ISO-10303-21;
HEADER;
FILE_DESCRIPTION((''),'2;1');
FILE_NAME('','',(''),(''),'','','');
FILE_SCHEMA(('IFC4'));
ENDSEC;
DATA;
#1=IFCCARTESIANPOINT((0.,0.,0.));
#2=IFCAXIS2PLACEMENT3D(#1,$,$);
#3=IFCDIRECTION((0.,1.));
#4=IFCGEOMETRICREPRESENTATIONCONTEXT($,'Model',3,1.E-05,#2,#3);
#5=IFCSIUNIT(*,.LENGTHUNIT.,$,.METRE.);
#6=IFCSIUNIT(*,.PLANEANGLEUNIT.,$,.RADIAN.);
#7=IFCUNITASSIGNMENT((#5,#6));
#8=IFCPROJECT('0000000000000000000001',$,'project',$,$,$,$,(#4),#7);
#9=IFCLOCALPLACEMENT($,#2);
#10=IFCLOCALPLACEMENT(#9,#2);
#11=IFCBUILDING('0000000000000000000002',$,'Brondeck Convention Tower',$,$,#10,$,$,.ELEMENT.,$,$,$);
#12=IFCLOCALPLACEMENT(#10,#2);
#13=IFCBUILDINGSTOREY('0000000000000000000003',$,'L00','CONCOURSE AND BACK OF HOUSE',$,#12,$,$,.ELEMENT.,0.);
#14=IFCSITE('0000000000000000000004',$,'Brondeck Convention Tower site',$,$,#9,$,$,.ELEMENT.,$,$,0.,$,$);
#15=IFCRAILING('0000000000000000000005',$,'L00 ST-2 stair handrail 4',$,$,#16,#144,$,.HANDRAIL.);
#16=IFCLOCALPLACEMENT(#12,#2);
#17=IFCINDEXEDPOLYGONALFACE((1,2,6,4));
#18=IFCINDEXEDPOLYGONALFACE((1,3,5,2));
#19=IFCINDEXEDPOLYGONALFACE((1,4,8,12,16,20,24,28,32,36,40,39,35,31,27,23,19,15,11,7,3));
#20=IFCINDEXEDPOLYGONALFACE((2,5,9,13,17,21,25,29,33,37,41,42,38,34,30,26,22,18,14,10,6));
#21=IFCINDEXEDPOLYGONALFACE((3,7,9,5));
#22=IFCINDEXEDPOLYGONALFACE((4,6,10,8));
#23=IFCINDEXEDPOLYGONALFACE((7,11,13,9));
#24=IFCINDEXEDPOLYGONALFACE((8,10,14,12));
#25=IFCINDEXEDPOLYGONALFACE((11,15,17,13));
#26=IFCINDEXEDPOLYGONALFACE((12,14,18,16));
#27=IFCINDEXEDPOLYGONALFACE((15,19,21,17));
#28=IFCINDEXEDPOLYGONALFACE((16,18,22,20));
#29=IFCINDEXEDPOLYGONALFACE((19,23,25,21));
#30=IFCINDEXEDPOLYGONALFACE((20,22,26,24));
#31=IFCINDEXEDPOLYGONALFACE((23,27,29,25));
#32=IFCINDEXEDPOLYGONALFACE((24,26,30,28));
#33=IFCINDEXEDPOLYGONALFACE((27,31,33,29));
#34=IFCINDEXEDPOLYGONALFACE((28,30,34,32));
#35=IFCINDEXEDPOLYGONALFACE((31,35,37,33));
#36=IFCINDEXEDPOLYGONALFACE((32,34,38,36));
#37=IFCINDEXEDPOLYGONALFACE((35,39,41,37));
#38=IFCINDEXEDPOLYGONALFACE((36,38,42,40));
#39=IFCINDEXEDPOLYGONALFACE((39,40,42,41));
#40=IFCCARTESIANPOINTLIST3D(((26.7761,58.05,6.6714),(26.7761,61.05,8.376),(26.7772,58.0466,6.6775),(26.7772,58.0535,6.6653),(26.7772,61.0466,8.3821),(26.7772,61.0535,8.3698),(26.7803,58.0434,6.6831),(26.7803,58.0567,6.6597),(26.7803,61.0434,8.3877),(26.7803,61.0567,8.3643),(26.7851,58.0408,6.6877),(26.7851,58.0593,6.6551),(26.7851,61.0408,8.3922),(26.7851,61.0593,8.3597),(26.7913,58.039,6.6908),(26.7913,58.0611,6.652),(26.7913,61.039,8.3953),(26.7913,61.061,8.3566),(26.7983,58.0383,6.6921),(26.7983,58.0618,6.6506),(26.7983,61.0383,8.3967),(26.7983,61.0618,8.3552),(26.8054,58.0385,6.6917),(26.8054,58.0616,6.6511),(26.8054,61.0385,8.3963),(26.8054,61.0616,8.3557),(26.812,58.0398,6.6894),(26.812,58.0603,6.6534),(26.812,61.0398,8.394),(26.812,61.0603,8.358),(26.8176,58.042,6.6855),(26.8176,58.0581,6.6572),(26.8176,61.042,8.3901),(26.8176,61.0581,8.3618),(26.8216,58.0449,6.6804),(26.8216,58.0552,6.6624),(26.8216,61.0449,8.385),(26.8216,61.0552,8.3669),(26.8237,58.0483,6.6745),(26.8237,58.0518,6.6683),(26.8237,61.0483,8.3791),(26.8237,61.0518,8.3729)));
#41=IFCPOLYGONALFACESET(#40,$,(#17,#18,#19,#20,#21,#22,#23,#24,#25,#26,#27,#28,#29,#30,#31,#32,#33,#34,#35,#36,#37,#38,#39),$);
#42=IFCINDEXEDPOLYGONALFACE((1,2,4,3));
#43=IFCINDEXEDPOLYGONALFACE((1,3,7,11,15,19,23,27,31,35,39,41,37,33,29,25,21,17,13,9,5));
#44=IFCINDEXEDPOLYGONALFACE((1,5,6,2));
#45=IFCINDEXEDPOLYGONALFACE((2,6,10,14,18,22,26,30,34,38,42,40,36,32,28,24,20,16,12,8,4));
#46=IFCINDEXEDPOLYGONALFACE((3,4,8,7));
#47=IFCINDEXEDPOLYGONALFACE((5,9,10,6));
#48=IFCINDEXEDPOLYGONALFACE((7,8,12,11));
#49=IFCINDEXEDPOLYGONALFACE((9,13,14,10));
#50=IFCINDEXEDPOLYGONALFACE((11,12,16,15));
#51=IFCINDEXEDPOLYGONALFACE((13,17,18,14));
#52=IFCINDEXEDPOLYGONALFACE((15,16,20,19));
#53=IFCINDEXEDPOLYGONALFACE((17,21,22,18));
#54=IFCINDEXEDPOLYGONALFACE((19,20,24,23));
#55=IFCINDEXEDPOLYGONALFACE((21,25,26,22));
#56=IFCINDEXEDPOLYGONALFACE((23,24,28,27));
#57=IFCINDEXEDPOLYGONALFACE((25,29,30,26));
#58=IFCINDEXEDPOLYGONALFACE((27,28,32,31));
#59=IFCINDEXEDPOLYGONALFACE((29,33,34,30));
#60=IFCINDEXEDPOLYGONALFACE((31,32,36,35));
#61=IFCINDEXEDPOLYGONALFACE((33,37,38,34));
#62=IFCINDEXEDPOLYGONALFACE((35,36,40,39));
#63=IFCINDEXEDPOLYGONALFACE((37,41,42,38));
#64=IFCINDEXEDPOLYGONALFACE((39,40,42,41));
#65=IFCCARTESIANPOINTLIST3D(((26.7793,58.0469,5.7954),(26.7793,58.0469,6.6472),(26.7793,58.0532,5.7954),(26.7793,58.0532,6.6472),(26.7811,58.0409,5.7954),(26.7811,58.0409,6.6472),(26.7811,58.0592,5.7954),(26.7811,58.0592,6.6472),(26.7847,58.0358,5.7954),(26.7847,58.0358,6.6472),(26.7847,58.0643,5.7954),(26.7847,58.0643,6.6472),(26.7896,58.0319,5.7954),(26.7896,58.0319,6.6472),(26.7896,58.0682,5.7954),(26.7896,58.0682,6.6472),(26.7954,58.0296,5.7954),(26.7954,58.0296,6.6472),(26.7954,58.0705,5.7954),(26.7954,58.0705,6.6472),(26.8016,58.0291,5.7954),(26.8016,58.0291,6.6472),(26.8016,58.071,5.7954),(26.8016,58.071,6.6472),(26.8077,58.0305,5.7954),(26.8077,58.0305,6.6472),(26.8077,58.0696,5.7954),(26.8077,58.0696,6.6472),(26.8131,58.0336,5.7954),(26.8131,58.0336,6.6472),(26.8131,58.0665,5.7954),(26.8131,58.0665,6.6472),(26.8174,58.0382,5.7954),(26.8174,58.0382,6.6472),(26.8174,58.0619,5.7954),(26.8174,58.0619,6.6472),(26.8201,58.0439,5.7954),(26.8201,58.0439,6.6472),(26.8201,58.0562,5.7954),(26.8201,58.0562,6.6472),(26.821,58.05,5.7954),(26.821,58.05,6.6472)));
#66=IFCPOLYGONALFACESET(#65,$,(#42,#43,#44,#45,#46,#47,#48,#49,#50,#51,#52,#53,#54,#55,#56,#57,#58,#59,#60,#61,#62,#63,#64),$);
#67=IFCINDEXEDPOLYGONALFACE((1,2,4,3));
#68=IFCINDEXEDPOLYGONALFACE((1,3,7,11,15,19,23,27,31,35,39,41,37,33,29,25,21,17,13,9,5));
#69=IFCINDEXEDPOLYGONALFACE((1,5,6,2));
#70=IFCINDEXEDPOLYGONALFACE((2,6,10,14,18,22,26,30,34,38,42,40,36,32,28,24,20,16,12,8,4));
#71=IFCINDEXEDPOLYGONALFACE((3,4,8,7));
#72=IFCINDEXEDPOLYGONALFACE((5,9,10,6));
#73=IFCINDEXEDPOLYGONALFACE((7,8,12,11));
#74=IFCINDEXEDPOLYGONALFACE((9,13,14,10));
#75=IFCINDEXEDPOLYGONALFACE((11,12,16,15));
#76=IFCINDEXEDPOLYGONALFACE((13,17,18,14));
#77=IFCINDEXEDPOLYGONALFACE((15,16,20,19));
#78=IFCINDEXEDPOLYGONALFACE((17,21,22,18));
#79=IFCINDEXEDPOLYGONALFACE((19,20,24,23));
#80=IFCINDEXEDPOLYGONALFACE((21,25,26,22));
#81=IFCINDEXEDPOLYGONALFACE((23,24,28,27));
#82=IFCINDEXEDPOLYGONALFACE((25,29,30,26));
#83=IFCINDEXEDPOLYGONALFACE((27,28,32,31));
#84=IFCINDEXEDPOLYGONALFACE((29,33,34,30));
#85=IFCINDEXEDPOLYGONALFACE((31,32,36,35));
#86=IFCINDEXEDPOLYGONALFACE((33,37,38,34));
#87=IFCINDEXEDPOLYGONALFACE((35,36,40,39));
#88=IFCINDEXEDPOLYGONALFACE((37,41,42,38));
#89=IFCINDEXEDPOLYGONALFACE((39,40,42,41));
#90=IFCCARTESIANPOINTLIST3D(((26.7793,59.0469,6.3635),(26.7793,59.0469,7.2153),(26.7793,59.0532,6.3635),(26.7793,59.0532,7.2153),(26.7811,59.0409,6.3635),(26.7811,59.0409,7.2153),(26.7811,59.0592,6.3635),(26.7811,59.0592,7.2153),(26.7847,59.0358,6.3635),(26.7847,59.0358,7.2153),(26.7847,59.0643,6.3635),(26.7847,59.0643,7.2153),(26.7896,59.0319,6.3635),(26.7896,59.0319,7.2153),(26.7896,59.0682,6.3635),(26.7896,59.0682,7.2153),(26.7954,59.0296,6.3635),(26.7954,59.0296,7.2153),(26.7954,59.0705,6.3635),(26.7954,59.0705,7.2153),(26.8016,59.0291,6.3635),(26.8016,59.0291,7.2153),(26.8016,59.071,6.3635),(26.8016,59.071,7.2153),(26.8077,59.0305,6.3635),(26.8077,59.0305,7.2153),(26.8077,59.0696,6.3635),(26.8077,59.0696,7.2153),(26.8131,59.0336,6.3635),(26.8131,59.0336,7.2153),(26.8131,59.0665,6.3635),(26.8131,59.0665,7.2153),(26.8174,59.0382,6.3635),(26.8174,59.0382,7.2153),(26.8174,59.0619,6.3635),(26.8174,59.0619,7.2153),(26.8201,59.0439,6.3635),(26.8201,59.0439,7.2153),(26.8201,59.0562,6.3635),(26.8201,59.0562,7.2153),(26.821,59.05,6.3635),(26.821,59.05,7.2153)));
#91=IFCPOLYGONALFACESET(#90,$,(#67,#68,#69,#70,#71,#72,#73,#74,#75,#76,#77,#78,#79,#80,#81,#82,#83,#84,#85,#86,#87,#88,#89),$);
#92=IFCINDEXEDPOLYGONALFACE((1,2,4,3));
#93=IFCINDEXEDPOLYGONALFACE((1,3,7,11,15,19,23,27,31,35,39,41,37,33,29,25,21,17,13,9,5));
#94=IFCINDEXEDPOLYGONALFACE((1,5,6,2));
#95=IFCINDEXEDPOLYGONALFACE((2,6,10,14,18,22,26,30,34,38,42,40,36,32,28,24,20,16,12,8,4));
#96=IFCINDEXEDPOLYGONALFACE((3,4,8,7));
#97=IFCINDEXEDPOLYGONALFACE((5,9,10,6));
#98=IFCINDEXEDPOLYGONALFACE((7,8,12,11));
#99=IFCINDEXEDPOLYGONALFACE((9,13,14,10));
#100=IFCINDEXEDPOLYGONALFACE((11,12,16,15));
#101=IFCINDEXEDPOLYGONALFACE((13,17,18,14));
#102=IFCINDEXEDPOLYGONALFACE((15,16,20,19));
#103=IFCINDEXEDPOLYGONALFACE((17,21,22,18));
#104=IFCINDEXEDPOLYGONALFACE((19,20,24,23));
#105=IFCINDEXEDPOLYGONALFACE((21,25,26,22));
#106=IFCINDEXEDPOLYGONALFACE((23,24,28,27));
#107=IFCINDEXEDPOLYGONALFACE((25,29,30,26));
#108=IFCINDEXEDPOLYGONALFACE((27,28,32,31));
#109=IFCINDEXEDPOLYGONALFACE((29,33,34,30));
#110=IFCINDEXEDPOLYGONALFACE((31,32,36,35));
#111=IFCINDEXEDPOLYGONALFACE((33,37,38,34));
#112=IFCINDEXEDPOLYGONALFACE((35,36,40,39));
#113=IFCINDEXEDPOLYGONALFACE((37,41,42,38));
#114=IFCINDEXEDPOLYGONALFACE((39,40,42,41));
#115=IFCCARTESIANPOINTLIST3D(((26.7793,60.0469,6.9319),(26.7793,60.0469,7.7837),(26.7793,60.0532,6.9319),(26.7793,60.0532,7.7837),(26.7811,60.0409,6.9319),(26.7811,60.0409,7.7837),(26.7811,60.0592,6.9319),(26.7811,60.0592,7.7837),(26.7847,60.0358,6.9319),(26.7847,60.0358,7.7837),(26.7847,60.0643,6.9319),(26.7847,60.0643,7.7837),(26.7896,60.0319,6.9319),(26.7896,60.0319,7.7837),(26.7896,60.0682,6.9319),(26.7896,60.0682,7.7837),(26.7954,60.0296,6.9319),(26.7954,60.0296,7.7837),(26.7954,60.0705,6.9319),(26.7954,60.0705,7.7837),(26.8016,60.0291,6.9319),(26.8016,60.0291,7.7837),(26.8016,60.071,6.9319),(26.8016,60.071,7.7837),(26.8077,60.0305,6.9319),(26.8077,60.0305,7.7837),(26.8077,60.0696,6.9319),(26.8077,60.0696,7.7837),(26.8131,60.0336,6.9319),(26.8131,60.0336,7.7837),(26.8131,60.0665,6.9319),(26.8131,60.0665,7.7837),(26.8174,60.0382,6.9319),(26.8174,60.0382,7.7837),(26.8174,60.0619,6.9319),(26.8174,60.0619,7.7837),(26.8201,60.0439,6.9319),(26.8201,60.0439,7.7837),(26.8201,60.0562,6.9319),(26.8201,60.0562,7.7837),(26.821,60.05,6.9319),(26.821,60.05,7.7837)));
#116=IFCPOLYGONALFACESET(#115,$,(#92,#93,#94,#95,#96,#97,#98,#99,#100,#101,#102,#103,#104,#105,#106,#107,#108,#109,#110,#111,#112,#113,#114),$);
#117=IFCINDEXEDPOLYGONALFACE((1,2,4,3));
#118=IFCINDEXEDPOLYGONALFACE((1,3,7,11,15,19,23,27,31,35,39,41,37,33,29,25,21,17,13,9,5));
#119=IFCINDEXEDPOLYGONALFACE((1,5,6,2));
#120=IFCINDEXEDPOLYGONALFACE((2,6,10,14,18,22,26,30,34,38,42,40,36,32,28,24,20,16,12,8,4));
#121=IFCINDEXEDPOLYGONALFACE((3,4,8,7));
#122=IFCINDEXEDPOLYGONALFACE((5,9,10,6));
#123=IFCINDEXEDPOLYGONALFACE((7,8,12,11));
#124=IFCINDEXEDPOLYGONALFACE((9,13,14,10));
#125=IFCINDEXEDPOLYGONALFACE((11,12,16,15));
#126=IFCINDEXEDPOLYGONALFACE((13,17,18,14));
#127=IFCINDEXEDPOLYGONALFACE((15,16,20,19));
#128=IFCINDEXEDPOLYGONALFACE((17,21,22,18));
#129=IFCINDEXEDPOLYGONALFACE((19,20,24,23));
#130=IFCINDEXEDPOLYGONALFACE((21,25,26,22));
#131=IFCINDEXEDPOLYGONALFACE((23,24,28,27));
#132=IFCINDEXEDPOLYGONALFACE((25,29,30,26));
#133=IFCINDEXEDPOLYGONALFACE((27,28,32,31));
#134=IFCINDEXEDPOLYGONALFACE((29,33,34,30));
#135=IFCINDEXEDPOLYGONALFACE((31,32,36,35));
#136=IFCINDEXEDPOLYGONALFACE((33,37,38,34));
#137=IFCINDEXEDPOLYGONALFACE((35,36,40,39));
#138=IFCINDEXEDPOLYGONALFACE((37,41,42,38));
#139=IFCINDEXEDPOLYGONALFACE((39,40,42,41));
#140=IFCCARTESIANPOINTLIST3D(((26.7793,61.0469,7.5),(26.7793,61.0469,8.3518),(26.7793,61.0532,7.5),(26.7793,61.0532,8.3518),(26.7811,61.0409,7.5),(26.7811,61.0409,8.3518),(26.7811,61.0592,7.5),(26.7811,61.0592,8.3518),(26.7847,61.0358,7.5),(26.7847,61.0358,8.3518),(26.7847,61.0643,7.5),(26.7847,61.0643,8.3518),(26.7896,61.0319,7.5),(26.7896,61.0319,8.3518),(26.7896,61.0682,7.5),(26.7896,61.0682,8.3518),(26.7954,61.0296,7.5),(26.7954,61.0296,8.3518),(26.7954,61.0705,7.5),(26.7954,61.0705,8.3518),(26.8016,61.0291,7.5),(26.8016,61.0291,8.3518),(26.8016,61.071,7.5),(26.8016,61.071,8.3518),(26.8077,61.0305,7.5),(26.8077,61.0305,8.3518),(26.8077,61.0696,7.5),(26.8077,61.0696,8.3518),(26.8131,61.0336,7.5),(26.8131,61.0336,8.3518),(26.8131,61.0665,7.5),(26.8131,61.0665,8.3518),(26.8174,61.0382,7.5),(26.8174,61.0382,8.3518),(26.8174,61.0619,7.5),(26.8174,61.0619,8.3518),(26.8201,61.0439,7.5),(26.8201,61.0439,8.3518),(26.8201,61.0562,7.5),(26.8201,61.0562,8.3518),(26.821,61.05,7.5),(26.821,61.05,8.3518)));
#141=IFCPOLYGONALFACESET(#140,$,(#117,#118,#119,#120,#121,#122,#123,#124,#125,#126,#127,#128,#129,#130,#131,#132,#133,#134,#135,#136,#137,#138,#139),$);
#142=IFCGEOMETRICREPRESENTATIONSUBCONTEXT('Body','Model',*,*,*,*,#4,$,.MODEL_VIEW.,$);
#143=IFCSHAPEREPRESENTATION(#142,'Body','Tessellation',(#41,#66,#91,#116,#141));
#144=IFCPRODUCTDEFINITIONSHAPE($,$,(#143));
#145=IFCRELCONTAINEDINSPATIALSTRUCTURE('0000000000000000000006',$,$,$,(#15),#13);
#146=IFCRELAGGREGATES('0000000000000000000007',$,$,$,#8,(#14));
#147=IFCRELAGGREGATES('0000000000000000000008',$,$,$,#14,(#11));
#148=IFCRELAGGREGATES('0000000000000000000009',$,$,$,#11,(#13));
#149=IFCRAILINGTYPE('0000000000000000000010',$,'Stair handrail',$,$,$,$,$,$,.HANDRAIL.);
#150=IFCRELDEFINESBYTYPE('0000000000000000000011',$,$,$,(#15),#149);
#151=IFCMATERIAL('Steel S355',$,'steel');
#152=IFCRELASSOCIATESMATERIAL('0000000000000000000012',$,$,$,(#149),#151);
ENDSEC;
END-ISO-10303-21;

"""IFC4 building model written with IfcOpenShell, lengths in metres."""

from ifc_helpers import new_model, si_unit, direction, frame, origin, origin_2d, place, context, subcontext, project, spatial, circle, extrude, material, type_object, element, save


model = new_model("IFC4")

# Units and contexts
model_context = context("Model", 3, precision=1e-05, world=origin(), true_north=direction((0.0, 1.0)))
body_context = subcontext(model_context, "Body", "Model", "MODEL_VIEW")
ifc_project = project(units=[si_unit("LENGTHUNIT", "METRE"), si_unit("PLANEANGLEUNIT", "RADIAN")], contexts=[model_context])

# Site, building, storey
site_placement = place(None, origin())
site = spatial("IfcSite", under=ifc_project, at=site_placement, Name="Brondeck Convention Tower site", CompositionType="ELEMENT", RefElevation=0.0)
building_placement = place(site_placement, origin())
building = spatial("IfcBuilding", under=site, at=building_placement, Name="Brondeck Convention Tower", CompositionType="ELEMENT")
storey_placement = place(building_placement, origin())
storey = spatial("IfcBuildingStorey", under=building, at=storey_placement, Name="L00", Description="CONCOURSE AND BACK OF HOUSE", CompositionType="ELEMENT", Elevation=0.0)

# Railing
ifc_material_1 = material(Name="Steel S355", Category="steel")
railing_type_1 = type_object("IfcRailingType", Name="Stair handrail", PredefinedType="HANDRAIL", material=ifc_material_1)
for number, where, name in (
    (1, (26.8, 58.05, 5.7954), "L00 ST-2 stair handrail 4"),
):
    element("IfcRailing", number, at=place(storey_placement, frame(where)), inside=storey, type_object=railing_type_1, Name=name, PredefinedType="HANDRAIL", context=body_context, shape_type="SweptSolid", body=[
        extrude(circle(Radius=0.0239, at=origin_2d()), frame((0.0, 0.0, 0.876), z_axis=(0.0, 0.869451, 0.494019), x_axis=(-1.0, 0.0, 0.0)), (0.0, 0.0, 1.0), 3.4504),
        extrude(circle(Radius=0.021, at=origin_2d()), origin(), (0.0, 0.0, 1.0), 0.8518),
        extrude(circle(Radius=0.021, at=origin_2d()), frame((0.0, 1.0, 0.5681)), (0.0, 0.0, 1.0), 0.8518),
        extrude(circle(Radius=0.021, at=origin_2d()), frame((0.0, 2.0, 1.1365)), (0.0, 0.0, 1.0), 0.8518),
        extrude(circle(Radius=0.021, at=origin_2d()), frame((0.0, 3.0, 1.7046)), (0.0, 0.0, 1.0), 0.8518),
    ])

save(model, "model.ifc")
